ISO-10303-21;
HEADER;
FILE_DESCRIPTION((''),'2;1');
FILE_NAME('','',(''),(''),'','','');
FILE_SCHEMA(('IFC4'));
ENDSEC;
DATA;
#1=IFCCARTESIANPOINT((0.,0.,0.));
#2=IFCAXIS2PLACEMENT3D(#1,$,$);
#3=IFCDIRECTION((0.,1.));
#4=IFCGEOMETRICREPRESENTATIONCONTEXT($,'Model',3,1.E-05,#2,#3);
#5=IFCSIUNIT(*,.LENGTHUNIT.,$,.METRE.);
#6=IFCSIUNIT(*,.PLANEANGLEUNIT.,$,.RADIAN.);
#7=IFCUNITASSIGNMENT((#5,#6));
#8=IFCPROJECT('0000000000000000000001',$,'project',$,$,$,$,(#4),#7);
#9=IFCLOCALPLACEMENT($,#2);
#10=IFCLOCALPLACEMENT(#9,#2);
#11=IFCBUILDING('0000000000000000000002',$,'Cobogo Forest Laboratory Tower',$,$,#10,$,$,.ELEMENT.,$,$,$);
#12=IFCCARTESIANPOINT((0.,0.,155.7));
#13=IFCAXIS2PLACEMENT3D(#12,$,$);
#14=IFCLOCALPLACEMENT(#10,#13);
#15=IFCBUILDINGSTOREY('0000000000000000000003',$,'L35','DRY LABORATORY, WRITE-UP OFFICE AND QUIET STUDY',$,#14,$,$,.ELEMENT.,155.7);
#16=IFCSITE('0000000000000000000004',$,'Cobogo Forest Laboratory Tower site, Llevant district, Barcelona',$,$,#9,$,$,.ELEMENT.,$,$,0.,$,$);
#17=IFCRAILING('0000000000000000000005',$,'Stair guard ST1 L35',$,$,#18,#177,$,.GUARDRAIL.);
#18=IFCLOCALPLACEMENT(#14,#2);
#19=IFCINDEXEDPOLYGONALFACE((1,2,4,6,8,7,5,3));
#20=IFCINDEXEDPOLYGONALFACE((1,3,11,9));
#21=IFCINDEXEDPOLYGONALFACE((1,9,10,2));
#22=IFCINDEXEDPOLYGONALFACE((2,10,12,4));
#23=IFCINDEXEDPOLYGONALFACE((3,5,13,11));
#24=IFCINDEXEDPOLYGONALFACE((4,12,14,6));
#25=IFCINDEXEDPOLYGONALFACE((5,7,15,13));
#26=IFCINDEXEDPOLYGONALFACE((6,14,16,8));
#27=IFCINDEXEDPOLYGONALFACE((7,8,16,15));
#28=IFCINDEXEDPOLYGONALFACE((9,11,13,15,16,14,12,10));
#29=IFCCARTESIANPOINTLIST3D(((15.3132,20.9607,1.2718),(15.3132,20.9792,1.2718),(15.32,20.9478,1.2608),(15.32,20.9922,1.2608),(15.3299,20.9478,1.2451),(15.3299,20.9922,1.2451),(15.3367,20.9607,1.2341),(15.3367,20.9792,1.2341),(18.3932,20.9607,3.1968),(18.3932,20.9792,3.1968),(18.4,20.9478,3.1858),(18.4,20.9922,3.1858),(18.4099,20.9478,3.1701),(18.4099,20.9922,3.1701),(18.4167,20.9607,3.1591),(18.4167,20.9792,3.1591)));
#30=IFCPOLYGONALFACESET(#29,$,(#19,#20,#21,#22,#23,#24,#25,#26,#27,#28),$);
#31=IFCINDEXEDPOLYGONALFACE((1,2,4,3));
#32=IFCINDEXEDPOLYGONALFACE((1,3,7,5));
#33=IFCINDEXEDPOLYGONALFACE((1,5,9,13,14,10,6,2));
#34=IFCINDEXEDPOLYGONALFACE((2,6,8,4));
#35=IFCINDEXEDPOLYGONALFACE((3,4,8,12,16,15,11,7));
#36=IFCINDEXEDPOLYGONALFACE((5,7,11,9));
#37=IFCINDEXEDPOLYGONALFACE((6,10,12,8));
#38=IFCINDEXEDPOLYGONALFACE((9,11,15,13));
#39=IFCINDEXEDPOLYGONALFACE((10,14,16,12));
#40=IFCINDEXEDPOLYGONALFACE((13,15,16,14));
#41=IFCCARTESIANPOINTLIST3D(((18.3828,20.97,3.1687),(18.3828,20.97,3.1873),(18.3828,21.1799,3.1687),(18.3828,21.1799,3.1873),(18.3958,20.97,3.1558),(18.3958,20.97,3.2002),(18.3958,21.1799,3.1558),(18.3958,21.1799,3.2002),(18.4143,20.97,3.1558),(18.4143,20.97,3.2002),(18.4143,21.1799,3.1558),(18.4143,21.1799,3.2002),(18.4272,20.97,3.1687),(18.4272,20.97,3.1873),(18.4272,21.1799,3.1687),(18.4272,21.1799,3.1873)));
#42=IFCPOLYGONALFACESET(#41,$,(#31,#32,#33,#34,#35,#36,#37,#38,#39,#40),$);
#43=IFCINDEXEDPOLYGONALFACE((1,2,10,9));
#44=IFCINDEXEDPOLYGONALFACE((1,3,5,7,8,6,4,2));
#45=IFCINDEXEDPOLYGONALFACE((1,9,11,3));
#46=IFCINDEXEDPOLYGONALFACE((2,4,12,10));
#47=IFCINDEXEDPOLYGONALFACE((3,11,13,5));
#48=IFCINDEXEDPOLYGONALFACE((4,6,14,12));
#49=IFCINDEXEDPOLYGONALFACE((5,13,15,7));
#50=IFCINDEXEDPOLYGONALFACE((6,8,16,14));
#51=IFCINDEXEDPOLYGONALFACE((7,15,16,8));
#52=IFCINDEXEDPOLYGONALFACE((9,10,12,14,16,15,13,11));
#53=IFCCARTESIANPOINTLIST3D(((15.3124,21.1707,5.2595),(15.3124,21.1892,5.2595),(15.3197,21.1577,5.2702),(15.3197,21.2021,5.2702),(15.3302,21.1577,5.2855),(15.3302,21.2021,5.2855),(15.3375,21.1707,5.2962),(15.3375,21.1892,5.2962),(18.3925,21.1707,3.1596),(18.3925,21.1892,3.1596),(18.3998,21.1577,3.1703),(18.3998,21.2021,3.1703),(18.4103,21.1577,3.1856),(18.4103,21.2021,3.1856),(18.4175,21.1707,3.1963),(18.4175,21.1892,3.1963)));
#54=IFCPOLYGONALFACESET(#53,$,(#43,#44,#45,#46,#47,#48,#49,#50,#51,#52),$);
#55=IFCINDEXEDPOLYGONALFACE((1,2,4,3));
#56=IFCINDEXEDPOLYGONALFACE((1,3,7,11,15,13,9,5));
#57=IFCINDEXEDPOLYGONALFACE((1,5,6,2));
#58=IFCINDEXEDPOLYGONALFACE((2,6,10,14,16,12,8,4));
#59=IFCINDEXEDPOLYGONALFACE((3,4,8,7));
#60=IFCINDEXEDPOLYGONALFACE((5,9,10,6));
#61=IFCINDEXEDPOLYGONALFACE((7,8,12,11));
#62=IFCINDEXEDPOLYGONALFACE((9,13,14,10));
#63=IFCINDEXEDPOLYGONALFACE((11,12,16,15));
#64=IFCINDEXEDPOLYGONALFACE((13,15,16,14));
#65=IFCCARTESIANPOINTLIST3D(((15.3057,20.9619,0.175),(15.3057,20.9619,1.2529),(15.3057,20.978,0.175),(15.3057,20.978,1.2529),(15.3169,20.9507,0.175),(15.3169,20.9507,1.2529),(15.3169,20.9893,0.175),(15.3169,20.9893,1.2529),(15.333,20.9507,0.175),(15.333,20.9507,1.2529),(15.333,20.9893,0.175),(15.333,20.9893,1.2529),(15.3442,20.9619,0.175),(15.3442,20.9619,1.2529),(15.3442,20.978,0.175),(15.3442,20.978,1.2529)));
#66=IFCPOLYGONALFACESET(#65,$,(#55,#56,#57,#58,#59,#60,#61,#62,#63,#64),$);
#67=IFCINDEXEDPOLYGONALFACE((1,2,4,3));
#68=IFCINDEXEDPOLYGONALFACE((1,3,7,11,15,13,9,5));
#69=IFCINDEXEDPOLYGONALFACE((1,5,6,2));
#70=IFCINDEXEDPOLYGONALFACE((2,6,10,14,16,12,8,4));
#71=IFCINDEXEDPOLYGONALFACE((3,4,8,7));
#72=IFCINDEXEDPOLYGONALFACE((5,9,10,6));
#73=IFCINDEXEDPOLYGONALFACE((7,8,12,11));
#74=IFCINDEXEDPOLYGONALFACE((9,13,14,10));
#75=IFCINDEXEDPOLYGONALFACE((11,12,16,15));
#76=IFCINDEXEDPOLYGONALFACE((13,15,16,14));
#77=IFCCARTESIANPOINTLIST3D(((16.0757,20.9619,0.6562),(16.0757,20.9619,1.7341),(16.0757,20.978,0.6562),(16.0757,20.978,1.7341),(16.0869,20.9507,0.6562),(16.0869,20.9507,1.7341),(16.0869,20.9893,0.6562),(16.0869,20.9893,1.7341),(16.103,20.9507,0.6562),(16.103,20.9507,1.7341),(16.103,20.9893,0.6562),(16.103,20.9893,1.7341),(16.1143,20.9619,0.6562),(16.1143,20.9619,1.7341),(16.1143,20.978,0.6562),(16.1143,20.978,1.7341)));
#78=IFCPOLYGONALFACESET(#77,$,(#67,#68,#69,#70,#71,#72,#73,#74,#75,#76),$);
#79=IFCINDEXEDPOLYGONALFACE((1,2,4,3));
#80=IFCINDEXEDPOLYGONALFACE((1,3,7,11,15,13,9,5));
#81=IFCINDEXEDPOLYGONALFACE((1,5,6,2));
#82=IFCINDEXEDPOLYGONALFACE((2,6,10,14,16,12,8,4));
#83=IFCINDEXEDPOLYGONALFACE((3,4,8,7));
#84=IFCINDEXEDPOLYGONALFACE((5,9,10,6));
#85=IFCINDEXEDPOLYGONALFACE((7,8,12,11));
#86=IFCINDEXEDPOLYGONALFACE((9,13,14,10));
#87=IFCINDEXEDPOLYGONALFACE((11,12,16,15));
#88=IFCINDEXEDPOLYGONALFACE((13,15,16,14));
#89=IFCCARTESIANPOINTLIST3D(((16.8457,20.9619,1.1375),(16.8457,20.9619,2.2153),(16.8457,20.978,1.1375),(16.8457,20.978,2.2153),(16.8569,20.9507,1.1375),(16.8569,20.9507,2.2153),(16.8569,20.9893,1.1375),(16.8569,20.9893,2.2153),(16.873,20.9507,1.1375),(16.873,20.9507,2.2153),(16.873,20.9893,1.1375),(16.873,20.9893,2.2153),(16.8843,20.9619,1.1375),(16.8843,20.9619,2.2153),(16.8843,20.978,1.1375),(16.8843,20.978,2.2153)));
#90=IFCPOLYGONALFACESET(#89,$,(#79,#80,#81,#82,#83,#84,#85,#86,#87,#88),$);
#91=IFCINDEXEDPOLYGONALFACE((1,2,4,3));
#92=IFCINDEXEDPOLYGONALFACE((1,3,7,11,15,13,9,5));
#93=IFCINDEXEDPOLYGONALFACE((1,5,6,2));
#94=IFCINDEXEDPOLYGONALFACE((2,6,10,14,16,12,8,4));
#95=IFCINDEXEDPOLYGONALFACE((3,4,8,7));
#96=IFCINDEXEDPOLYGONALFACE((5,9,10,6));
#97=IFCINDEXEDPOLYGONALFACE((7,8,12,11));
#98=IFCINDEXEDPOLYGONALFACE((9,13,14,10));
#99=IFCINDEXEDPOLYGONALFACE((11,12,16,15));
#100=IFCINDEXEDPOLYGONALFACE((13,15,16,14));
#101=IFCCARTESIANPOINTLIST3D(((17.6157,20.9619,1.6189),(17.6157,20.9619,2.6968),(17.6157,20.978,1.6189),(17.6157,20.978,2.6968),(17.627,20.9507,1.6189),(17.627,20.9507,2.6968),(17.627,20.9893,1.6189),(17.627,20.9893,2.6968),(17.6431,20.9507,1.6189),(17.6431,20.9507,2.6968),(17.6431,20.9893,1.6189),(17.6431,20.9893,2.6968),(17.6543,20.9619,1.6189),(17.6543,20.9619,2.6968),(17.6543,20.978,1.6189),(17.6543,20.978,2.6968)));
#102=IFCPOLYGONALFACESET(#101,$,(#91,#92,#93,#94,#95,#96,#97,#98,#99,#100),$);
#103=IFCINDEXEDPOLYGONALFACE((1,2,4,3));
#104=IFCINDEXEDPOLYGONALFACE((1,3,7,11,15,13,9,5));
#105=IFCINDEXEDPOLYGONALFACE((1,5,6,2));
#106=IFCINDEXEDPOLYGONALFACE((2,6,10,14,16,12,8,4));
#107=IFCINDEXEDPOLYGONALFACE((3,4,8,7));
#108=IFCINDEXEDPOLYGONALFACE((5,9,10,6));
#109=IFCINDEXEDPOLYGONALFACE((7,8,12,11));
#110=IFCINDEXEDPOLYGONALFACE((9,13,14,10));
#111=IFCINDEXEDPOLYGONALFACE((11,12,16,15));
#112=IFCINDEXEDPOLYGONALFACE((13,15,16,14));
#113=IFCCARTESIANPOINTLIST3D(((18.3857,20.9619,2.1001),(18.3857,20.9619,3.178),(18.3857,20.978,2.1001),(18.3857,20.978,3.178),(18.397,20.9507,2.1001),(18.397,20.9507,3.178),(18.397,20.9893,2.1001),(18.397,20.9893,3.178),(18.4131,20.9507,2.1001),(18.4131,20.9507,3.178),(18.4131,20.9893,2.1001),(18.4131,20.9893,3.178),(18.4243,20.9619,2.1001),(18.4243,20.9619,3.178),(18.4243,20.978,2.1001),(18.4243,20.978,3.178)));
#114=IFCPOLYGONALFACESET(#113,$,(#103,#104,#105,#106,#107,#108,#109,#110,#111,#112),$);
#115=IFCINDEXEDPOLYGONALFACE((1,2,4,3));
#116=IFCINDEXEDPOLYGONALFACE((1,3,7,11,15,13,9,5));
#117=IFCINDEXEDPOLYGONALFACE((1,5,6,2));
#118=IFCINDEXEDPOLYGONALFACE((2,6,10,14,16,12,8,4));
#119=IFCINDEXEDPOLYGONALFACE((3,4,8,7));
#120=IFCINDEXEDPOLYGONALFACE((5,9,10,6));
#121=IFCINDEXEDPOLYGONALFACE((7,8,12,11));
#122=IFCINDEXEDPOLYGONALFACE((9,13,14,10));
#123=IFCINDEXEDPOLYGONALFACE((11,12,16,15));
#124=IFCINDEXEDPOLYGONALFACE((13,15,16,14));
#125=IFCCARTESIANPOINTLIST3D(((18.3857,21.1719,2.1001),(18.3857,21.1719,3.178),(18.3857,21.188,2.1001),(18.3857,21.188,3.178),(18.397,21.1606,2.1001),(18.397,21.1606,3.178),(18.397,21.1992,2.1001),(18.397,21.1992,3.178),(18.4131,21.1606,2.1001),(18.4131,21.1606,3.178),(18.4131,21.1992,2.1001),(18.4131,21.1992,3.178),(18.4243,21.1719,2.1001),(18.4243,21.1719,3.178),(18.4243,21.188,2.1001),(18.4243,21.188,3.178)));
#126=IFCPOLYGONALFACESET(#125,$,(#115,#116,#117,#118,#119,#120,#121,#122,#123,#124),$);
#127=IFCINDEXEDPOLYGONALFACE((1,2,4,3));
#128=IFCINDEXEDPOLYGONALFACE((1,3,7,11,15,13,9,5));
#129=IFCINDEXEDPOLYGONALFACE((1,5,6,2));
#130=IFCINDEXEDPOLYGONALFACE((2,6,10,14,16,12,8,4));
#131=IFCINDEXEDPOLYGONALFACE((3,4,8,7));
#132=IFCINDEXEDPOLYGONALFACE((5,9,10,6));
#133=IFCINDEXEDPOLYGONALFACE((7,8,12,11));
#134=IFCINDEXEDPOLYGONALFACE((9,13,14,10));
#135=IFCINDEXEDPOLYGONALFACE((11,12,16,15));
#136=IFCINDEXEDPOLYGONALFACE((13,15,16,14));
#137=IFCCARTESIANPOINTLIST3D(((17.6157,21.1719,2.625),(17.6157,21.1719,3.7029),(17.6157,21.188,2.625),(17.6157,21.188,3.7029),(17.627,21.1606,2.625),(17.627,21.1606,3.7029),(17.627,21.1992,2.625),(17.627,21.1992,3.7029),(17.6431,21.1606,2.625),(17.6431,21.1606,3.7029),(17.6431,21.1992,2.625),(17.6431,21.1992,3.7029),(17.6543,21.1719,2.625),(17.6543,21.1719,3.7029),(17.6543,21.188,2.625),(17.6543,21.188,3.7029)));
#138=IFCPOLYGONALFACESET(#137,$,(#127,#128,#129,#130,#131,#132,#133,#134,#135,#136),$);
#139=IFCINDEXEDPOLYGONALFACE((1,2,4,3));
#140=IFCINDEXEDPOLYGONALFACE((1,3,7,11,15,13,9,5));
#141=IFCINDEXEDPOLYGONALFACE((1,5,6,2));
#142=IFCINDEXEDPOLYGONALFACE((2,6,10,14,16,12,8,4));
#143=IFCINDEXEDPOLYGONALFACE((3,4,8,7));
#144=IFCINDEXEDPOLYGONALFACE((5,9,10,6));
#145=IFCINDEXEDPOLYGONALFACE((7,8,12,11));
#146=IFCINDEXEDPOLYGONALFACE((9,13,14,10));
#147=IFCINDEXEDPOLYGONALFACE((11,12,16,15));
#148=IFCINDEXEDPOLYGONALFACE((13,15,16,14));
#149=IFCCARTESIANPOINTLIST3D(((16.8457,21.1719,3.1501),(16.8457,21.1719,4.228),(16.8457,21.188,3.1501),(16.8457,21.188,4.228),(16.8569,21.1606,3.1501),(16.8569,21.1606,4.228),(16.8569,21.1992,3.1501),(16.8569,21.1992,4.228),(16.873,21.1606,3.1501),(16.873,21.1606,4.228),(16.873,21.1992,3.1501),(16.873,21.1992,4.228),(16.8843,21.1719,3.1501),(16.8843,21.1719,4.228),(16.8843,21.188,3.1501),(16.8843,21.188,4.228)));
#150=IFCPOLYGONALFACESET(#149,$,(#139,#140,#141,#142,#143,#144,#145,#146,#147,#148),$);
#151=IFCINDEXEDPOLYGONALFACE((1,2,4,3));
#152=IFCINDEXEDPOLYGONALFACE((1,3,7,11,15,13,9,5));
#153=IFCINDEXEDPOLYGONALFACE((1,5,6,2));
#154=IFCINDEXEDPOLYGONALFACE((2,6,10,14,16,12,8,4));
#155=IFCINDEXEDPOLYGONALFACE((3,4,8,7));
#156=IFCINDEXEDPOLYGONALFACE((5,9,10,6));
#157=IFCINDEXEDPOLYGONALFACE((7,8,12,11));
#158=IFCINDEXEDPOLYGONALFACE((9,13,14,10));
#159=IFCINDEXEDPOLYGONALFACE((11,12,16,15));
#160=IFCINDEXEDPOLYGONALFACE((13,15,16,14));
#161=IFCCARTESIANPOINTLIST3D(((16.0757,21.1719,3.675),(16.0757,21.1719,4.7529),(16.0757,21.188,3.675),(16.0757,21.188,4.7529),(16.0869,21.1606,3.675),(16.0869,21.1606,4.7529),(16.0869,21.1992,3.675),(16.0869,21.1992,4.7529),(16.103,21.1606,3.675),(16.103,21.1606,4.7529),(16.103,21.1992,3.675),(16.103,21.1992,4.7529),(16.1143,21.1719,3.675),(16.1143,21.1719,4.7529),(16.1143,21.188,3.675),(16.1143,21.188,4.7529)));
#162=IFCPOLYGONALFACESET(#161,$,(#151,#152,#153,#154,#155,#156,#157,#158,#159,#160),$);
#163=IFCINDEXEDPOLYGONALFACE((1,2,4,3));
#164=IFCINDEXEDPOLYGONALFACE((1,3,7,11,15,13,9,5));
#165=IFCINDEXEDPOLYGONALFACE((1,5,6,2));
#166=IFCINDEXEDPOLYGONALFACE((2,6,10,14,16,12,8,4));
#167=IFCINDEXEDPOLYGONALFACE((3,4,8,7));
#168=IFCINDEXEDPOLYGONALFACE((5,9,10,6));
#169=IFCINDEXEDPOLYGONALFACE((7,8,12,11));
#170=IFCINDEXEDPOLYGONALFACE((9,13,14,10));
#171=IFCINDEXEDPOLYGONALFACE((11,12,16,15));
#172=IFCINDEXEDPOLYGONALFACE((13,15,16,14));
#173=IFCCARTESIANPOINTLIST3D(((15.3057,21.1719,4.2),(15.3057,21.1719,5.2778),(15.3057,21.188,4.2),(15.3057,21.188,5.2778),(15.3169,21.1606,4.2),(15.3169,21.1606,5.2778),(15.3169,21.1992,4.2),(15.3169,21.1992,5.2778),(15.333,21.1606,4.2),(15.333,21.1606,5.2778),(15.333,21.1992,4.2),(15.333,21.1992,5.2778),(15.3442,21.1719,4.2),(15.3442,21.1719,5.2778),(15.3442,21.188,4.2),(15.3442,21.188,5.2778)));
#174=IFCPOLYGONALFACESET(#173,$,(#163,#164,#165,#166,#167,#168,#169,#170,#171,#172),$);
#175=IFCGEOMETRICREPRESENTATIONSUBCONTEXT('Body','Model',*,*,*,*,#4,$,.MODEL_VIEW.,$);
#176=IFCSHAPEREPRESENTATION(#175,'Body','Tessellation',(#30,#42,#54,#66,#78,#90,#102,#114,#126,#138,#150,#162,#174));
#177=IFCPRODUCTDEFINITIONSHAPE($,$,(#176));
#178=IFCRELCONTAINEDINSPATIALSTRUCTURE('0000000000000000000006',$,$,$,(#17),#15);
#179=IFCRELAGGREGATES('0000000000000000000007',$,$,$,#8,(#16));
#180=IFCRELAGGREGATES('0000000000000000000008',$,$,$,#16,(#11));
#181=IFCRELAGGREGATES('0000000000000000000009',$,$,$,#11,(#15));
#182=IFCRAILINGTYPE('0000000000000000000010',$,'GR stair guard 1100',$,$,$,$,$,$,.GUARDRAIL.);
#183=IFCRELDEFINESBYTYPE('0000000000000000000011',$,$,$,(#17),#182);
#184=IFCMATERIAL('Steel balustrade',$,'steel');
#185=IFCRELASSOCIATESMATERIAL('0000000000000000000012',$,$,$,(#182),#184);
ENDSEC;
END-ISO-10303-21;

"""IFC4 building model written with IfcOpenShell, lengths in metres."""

from ifc_helpers import new_model, si_unit, direction, frame, origin, place, context, subcontext, project, spatial, polyline, outline, extrude, material, type_object, element, save


model = new_model("IFC4")

# Units and contexts
model_context = context("Model", 3, precision=1e-05, world=origin(), true_north=direction((0.0, 1.0)))
body_context = subcontext(model_context, "Body", "Model", "MODEL_VIEW")
ifc_project = project(units=[si_unit("LENGTHUNIT", "METRE"), si_unit("PLANEANGLEUNIT", "RADIAN")], contexts=[model_context])

# Site, building, storey
site_placement = place(None, origin())
site = spatial("IfcSite", under=ifc_project, at=site_placement, Name="Cobogo Forest Laboratory Tower site, Llevant district, Barcelona", CompositionType="ELEMENT", RefElevation=0.0)
building_placement = place(site_placement, origin())
building = spatial("IfcBuilding", under=site, at=building_placement, Name="Cobogo Forest Laboratory Tower", CompositionType="ELEMENT")
storey_placement = place(building_placement, frame((0.0, 0.0, 155.7)))
storey = spatial("IfcBuildingStorey", under=building, at=storey_placement, Name="L35", Description="DRY LABORATORY, WRITE-UP OFFICE AND QUIET STUDY", CompositionType="ELEMENT", Elevation=155.7)

# Railing
ifc_material_1 = material(Name="Steel balustrade", Category="steel")
railing_type_1 = type_object("IfcRailingType", Name="GR stair guard 1100", PredefinedType="GUARDRAIL", material=ifc_material_1)
railing_1_placement = place(storey_placement, frame((15.325, 20.97, 0.175)))
element("IfcRailing", 1, at=railing_1_placement, inside=storey, type_object=railing_type_1, Name="Stair guard ST1 L35", PredefinedType="GUARDRAIL", context=body_context, shape_type="SweptSolid", body=[
    extrude(outline(polyline([(0.0222, 0.0093), (0.0093, 0.0222), (-0.0093, 0.0222), (-0.0222, 0.0093), (-0.0222, -0.0093), (-0.0093, -0.0222), (0.0093, -0.0222), (0.0222, -0.0093), (0.0222, 0.0093)])), frame((0.0, 0.0, 1.0779), z_axis=(0.847998, 0.0, 0.529999), x_axis=(0.0, 1.0, 0.0)), (0.0, 0.0, 1.0), 3.6321),
    extrude(outline(polyline([(0.0222, 0.0093), (0.0093, 0.0222), (-0.0093, 0.0222), (-0.0222, 0.0093), (-0.0222, -0.0093), (-0.0093, -0.0222), (0.0093, -0.0222), (0.0222, -0.0093), (0.0222, 0.0093)])), frame((3.0801, 0.0, 3.0029), z_axis=(0.0, 1.0, 0.0), x_axis=(-1.0, 0.0, 0.0)), (0.0, 0.0, 1.0), 0.21),
    extrude(outline(polyline([(0.0222, 0.0093), (0.0093, 0.0222), (-0.0093, 0.0222), (-0.0222, 0.0093), (-0.0222, -0.0093), (-0.0093, -0.0222), (0.0093, -0.0222), (0.0222, -0.0093), (0.0222, 0.0093)])), frame((3.0801, 0.21, 3.0029), z_axis=(-0.826252, 0.0, 0.5633), x_axis=(0.0, -1.0, 0.0)), (0.0, 0.0, 1.0), 3.7278),
    extrude(outline(polyline([(0.0193, 0.0081), (0.0081, 0.0193), (-0.0081, 0.0193), (-0.0193, 0.0081), (-0.0193, -0.0081), (-0.0081, -0.0193), (0.0081, -0.0193), (0.0193, -0.0081), (0.0193, 0.0081)])), origin(), (0.0, 0.0, 1.0), 1.0779),
    extrude(outline(polyline([(0.0193, 0.0081), (0.0081, 0.0193), (-0.0081, 0.0193), (-0.0193, 0.0081), (-0.0193, -0.0081), (-0.0081, -0.0193), (0.0081, -0.0193), (0.0193, -0.0081), (0.0193, 0.0081)])), frame((0.77, 0.0, 0.4812)), (0.0, 0.0, 1.0), 1.0779),
    extrude(outline(polyline([(0.0193, 0.0081), (0.0081, 0.0193), (-0.0081, 0.0193), (-0.0193, 0.0081), (-0.0193, -0.0081), (-0.0081, -0.0193), (0.0081, -0.0193), (0.0193, -0.0081), (0.0193, 0.0081)])), frame((1.54, 0.0, 0.9624)), (0.0, 0.0, 1.0), 1.0779),
    extrude(outline(polyline([(0.0193, 0.0081), (0.0081, 0.0193), (-0.0081, 0.0193), (-0.0193, 0.0081), (-0.0193, -0.0081), (-0.0081, -0.0193), (0.0081, -0.0193), (0.0193, -0.0081), (0.0193, 0.0081)])), frame((2.3101, 0.0, 1.4438)), (0.0, 0.0, 1.0), 1.0779),
    extrude(outline(polyline([(0.0193, 0.0081), (0.0081, 0.0193), (-0.0081, 0.0193), (-0.0193, 0.0081), (-0.0193, -0.0081), (-0.0081, -0.0193), (0.0081, -0.0193), (0.0193, -0.0081), (0.0193, 0.0081)])), frame((3.0801, 0.0, 1.925)), (0.0, 0.0, 1.0), 1.0779),
    extrude(outline(polyline([(0.0193, 0.0081), (0.0081, 0.0193), (-0.0081, 0.0193), (-0.0193, 0.0081), (-0.0193, -0.0081), (-0.0081, -0.0193), (0.0081, -0.0193), (0.0193, -0.0081), (0.0193, 0.0081)])), frame((3.0801, 0.21, 1.925)), (0.0, 0.0, 1.0), 1.0779),
    extrude(outline(polyline([(0.0193, 0.0081), (0.0081, 0.0193), (-0.0081, 0.0193), (-0.0193, 0.0081), (-0.0193, -0.0081), (-0.0081, -0.0193), (0.0081, -0.0193), (0.0193, -0.0081), (0.0193, 0.0081)])), frame((2.3101, 0.21, 2.45)), (0.0, 0.0, 1.0), 1.0779),
    extrude(outline(polyline([(0.0193, 0.0081), (0.0081, 0.0193), (-0.0081, 0.0193), (-0.0193, 0.0081), (-0.0193, -0.0081), (-0.0081, -0.0193), (0.0081, -0.0193), (0.0193, -0.0081), (0.0193, 0.0081)])), frame((1.54, 0.21, 2.9751)), (0.0, 0.0, 1.0), 1.0779),
    extrude(outline(polyline([(0.0193, 0.0081), (0.0081, 0.0193), (-0.0081, 0.0193), (-0.0193, 0.0081), (-0.0193, -0.0081), (-0.0081, -0.0193), (0.0081, -0.0193), (0.0193, -0.0081), (0.0193, 0.0081)])), frame((0.77, 0.21, 3.5)), (0.0, 0.0, 1.0), 1.0779),
    extrude(outline(polyline([(0.0193, 0.0081), (0.0081, 0.0193), (-0.0081, 0.0193), (-0.0193, 0.0081), (-0.0193, -0.0081), (-0.0081, -0.0193), (0.0081, -0.0193), (0.0193, -0.0081), (0.0193, 0.0081)])), frame((0.0, 0.21, 4.0249)), (0.0, 0.0, 1.0), 1.0779),
])

save(model, "model.ifc")
